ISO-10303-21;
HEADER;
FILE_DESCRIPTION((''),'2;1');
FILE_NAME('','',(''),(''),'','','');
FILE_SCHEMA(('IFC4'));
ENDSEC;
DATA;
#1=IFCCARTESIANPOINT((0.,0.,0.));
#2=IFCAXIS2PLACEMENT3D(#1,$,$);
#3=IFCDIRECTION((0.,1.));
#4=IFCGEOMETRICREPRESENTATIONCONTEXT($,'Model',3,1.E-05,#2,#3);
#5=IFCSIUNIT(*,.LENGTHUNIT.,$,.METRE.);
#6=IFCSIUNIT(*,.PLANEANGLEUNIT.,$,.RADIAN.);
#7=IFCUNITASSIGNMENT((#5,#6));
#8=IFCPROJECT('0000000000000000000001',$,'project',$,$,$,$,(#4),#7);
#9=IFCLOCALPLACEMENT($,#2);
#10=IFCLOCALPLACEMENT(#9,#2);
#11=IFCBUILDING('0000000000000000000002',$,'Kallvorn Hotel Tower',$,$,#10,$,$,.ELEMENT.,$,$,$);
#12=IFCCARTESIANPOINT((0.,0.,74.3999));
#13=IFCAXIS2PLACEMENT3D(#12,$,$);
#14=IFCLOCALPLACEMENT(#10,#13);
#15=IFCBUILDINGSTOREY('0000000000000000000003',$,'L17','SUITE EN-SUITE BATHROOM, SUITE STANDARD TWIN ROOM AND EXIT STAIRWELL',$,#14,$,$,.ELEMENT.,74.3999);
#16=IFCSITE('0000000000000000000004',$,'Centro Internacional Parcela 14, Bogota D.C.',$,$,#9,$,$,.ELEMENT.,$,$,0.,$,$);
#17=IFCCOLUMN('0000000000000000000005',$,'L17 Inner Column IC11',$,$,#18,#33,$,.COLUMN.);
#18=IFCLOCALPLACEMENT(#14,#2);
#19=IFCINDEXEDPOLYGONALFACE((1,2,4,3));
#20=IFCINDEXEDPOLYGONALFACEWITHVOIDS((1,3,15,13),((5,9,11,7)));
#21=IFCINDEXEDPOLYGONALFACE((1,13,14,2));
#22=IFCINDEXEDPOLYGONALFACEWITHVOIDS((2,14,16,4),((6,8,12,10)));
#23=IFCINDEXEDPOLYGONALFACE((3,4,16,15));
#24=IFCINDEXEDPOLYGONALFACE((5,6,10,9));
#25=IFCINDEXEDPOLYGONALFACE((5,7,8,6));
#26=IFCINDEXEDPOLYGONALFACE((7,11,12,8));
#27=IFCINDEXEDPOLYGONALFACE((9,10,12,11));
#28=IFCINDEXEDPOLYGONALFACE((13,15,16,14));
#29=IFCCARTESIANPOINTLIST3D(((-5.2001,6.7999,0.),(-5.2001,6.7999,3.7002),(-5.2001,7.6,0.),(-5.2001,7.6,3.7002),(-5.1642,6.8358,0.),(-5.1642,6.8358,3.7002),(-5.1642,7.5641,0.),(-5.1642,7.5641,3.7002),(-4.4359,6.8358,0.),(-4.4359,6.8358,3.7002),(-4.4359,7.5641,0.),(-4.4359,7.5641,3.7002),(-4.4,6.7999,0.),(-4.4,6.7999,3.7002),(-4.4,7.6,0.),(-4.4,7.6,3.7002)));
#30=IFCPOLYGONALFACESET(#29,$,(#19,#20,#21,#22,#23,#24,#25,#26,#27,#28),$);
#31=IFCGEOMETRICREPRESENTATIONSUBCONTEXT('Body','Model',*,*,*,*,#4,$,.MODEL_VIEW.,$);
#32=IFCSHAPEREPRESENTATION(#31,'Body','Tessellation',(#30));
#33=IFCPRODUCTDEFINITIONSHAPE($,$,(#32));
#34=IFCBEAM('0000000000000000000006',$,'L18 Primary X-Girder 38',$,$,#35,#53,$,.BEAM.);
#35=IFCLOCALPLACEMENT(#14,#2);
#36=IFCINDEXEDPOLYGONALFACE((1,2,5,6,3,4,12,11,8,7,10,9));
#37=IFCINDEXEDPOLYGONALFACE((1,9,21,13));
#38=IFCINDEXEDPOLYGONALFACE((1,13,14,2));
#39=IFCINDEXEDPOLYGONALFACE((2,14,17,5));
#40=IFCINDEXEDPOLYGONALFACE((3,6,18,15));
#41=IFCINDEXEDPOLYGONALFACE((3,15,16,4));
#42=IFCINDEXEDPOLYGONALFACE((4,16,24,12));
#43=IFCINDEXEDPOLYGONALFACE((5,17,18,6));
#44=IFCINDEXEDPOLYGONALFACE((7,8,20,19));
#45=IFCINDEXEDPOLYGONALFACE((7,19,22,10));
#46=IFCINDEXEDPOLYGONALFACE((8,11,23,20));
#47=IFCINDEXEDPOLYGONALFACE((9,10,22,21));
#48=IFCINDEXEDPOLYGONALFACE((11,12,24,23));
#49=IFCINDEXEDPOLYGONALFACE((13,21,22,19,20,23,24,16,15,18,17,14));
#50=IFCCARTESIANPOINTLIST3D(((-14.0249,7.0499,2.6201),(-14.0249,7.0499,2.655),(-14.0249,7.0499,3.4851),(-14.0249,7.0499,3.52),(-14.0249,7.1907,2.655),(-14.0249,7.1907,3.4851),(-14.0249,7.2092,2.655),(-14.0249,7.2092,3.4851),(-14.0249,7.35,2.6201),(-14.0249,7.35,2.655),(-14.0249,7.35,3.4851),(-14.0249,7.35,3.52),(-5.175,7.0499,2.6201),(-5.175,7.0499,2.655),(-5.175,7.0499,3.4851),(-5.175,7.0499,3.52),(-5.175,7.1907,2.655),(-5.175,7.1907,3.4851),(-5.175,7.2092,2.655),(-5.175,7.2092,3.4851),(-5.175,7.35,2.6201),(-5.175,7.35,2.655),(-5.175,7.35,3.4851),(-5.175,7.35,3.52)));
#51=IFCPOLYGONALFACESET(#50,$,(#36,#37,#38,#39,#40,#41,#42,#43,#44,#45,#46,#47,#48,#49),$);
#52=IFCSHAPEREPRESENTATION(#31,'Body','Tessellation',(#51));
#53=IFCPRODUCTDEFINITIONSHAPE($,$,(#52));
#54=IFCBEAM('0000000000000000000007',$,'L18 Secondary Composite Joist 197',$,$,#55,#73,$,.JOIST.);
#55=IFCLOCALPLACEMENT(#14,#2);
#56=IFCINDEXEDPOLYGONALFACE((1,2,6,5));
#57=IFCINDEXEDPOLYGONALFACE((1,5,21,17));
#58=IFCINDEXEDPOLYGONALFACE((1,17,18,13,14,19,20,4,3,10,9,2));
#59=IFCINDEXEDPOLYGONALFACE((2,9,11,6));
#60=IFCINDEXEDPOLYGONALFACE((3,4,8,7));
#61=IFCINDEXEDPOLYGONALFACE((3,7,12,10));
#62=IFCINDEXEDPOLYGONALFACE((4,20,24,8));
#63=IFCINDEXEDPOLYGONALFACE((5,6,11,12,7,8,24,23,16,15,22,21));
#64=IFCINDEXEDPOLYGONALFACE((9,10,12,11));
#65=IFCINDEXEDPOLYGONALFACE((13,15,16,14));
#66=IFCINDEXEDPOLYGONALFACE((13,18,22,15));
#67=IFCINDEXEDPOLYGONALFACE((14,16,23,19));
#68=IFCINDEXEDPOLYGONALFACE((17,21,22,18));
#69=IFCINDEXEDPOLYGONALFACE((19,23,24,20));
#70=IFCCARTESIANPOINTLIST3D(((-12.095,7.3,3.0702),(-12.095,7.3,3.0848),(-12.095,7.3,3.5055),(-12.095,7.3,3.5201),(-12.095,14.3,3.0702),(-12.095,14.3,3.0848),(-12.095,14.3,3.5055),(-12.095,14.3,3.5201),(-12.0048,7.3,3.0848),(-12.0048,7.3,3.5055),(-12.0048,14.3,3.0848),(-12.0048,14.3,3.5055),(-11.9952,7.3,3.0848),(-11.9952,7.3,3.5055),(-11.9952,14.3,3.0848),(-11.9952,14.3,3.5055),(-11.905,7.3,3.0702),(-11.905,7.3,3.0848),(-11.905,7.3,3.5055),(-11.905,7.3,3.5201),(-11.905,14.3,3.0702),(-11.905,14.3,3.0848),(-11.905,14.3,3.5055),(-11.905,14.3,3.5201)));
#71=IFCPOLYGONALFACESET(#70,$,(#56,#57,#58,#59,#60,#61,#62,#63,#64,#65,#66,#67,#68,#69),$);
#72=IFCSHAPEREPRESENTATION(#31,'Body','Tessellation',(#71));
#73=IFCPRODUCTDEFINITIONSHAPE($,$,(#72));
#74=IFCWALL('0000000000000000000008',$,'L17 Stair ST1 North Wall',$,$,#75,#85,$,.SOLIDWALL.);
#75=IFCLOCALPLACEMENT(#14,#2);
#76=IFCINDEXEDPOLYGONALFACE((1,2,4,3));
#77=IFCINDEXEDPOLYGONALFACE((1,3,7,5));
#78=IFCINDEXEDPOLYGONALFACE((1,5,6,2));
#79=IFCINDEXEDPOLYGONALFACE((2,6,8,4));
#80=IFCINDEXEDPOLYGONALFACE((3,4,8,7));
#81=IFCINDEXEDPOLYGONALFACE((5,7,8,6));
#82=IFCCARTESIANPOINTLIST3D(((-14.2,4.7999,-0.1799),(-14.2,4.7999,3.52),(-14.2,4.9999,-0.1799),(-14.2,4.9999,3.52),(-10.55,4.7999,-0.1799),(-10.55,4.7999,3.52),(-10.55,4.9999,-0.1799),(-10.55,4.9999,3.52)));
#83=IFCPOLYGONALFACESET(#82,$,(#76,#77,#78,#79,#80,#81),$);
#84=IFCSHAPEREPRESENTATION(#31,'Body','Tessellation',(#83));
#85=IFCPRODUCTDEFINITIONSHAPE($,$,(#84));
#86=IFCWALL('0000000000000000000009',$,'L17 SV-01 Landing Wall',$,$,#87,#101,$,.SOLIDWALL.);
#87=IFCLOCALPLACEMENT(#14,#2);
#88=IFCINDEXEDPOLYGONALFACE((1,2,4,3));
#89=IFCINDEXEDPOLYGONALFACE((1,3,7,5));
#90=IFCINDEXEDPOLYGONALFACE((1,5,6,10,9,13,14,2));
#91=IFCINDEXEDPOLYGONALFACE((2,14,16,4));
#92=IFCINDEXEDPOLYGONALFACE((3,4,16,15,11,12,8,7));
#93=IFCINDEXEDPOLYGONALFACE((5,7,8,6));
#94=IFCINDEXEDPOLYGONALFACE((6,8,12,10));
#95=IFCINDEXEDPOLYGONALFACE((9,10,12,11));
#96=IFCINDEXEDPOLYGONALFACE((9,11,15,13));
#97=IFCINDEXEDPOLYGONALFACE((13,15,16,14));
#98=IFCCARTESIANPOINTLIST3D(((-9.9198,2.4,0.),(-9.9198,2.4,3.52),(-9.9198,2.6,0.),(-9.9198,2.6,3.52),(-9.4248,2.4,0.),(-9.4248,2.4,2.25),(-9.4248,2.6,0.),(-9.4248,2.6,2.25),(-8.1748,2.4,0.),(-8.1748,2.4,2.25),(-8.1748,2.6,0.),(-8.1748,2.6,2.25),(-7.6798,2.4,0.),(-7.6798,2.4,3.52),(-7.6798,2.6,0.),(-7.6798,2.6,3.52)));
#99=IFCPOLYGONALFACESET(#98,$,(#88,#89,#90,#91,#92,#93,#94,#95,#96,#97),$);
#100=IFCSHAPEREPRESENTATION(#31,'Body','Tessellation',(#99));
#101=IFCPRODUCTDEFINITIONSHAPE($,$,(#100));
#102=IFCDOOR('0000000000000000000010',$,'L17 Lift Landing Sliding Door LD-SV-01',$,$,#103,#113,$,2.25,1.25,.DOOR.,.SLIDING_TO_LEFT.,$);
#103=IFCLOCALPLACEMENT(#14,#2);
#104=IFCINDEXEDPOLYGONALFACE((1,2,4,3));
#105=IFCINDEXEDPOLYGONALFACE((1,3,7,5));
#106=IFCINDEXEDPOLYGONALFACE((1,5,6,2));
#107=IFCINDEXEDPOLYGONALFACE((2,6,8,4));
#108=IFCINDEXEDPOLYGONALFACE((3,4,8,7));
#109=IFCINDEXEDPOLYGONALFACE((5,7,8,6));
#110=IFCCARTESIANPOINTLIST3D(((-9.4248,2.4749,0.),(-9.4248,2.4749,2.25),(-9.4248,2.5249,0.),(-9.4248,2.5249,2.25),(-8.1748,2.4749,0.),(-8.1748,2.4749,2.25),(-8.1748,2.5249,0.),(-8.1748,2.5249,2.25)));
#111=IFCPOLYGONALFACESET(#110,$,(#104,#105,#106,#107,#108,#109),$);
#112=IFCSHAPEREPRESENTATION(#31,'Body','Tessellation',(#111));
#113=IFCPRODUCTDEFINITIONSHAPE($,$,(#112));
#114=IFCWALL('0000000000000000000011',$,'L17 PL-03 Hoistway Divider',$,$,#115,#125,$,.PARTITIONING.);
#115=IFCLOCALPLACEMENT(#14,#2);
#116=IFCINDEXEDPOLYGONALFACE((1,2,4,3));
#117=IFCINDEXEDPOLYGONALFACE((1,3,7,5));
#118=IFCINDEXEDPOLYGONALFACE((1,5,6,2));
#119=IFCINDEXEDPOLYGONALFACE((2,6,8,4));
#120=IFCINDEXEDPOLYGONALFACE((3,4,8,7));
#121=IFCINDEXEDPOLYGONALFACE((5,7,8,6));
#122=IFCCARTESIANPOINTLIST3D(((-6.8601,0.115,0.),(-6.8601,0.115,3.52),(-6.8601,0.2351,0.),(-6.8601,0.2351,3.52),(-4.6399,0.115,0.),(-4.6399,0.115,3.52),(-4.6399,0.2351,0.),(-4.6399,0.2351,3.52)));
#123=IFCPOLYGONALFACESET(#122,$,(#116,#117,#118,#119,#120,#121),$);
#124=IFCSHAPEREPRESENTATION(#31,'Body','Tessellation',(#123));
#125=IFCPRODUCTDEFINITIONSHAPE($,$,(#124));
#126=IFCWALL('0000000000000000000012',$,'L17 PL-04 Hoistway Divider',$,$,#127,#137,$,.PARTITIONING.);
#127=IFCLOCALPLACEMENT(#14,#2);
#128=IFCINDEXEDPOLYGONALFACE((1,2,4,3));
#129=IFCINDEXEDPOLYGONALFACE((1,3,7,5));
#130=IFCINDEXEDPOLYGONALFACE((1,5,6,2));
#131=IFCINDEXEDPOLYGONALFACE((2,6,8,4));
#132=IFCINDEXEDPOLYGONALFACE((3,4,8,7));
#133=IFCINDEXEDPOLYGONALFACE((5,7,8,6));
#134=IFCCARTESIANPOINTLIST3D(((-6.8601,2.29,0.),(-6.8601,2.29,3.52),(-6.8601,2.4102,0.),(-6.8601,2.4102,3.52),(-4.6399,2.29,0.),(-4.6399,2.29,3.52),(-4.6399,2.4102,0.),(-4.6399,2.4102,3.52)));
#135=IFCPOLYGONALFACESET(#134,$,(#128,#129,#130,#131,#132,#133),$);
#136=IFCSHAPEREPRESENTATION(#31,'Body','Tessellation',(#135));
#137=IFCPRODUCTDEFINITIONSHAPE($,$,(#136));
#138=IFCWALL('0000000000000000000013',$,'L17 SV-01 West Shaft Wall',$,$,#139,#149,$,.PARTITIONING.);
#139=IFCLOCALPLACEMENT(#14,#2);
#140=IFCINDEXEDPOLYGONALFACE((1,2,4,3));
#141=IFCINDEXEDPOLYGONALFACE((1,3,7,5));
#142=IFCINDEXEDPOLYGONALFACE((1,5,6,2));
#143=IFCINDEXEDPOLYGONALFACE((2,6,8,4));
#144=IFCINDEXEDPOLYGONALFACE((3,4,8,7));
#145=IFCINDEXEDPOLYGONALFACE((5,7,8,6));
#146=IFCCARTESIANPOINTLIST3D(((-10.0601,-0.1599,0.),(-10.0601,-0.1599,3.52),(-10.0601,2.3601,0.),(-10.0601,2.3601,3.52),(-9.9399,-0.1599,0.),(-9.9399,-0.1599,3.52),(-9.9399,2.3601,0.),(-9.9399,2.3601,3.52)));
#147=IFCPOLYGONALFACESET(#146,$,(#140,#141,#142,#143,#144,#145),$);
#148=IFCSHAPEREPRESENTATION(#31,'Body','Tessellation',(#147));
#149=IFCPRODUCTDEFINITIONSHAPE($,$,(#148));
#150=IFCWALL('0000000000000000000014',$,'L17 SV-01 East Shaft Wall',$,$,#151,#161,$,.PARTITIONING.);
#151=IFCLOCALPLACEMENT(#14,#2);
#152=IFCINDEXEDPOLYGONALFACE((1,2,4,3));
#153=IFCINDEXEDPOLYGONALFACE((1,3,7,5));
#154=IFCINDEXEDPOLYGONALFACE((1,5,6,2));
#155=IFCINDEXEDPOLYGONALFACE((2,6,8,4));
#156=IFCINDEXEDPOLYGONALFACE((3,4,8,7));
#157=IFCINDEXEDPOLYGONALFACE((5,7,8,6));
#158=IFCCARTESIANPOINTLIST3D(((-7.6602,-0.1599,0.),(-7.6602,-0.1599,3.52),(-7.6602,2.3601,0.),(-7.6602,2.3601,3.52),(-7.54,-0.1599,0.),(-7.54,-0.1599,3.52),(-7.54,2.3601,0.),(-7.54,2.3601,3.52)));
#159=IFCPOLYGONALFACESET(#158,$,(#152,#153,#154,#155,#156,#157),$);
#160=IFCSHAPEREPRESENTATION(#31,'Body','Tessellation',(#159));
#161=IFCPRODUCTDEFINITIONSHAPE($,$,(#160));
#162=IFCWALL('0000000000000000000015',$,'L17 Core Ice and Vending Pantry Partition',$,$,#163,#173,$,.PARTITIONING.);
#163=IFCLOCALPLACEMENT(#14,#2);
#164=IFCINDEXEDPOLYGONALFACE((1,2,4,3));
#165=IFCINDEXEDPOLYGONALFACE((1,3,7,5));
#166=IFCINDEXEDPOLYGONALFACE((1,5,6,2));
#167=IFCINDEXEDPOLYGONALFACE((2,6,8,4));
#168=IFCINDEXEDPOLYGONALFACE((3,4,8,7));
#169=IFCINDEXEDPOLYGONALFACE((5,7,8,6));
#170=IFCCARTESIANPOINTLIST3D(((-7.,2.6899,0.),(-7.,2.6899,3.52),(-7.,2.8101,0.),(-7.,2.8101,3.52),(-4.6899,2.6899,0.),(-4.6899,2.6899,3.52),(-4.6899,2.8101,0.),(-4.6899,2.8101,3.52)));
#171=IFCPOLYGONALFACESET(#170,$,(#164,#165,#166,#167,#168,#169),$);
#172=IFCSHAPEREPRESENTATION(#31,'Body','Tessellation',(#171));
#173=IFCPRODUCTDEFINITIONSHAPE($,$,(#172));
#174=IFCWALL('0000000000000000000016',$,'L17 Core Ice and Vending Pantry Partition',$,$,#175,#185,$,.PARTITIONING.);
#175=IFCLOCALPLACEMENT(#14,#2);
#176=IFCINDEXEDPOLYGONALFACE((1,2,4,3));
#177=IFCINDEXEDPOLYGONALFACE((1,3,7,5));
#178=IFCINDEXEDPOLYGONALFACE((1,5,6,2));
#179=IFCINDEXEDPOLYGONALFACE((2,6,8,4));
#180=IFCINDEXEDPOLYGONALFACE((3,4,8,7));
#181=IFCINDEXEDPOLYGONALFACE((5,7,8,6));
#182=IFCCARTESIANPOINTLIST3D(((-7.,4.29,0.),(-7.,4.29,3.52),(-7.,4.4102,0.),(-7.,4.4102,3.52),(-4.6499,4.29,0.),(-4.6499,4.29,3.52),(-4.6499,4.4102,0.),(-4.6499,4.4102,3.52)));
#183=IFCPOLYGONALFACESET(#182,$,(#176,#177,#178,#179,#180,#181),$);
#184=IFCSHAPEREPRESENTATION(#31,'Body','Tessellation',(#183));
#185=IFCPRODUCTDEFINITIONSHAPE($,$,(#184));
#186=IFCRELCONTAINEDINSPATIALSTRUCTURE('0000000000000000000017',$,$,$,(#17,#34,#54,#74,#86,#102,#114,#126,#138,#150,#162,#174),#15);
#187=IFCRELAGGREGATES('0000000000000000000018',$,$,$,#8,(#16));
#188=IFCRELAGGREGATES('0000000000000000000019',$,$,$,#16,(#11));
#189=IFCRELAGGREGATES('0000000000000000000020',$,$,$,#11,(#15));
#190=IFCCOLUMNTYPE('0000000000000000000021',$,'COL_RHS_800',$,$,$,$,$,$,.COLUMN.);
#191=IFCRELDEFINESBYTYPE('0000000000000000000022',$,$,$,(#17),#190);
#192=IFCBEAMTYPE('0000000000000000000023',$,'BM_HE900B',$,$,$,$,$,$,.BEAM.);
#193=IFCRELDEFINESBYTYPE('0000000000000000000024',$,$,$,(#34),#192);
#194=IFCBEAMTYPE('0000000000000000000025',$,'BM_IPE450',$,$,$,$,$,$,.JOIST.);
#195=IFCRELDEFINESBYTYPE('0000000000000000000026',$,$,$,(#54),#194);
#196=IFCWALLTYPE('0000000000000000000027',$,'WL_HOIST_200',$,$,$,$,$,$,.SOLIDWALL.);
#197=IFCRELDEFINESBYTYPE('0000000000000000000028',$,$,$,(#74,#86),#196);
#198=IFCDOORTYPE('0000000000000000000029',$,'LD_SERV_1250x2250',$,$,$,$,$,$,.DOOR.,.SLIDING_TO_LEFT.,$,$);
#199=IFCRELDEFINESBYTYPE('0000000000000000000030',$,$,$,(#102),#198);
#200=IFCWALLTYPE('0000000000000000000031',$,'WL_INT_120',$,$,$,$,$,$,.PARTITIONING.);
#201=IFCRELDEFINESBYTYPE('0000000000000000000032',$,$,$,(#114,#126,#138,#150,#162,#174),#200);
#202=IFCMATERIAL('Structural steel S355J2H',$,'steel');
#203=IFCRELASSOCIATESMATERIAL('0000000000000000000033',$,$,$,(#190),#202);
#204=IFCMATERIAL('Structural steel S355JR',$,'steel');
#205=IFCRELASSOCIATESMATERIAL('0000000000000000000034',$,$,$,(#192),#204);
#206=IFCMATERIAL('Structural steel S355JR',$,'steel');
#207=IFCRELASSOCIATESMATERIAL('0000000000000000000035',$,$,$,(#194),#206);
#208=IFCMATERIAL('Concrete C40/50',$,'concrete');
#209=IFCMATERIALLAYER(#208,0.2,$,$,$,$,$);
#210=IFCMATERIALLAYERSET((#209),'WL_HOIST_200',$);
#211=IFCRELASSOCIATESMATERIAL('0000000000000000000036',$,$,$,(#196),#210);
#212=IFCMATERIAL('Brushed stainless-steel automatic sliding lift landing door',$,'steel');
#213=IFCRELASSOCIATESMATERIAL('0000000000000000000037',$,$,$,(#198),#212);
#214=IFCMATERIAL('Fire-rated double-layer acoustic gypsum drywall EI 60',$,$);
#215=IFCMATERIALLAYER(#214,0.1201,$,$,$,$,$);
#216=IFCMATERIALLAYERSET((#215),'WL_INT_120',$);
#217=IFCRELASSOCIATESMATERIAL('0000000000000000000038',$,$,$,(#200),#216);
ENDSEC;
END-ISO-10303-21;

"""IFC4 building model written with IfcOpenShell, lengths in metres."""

from ifc_helpers import new_model, si_unit, direction, frame, frame_2d, origin, origin_2d, place, context, subcontext, project, spatial, rectangle, hollow_rectangle, i_section, extrude, material, layer, layer_set, material_profile, profile_set, type_object, element, fill, save


model = new_model("IFC4")

# Units and contexts
model_context = context("Model", 3, precision=1e-05, world=origin(), true_north=direction((0.0, 1.0)))
body_context = subcontext(model_context, "Body", "Model", "MODEL_VIEW")
ifc_project = project(units=[si_unit("LENGTHUNIT", "METRE"), si_unit("PLANEANGLEUNIT", "RADIAN")], contexts=[model_context])

# Site, building, storey
site_placement = place(None, origin())
site = spatial("IfcSite", under=ifc_project, at=site_placement, Name="Centro Internacional Parcela 14, Bogota D.C.", CompositionType="ELEMENT", RefElevation=0.0)
building_placement = place(site_placement, origin())
building = spatial("IfcBuilding", under=site, at=building_placement, Name="Kallvorn Hotel Tower", CompositionType="ELEMENT")
storey_placement = place(building_placement, frame((0.0, 0.0, 74.3999)))
storey = spatial("IfcBuildingStorey", under=building, at=storey_placement, Name="L17", Description="SUITE EN-SUITE BATHROOM, SUITE STANDARD TWIN ROOM AND EXIT STAIRWELL", CompositionType="ELEMENT", Elevation=74.3999)

# Column
ifc_material_1 = material(Name="Structural steel S355J2H", Category="steel")
ifc_material_profile_1 = material_profile(ifc_material_1, hollow_rectangle(XDim=0.8, YDim=0.8, WallThickness=0.0359, at=origin_2d()), Name="RHS 800x800x36")
ifc_profile_set_1 = profile_set([ifc_material_profile_1], Name="Structural steel S355J2H")
column_type = type_object("IfcColumnType", Name="COL_RHS_800", PredefinedType="COLUMN", material=ifc_profile_set_1)
column_placement = place(storey_placement, frame((-4.8, 7.2, 0.0), z_axis=(0.0, 0.0, 1.0), x_axis=(1.0, 0.0, 0.0)))
element("IfcColumn", 1, at=column_placement, inside=storey, type_object=column_type, Name="L17 Inner Column IC11", PredefinedType="COLUMN", context=body_context, shape_type="SweptSolid", body=[
    extrude(hollow_rectangle(XDim=0.8, YDim=0.8, WallThickness=0.0359, at=origin_2d()), origin(), (0.0, 0.0, 1.0), 3.7002),
])

# Beams
ifc_material_2 = material(Name="Structural steel S355JR", Category="steel")
ifc_material_profile_2 = material_profile(ifc_material_2, i_section(OverallWidth=0.3, OverallDepth=0.8999, WebThickness=0.0186, FlangeThickness=0.0349, at=origin_2d()), Name="HE 900 B")
ifc_profile_set_2 = profile_set([ifc_material_profile_2], Name="Structural steel S355JR")
beam_type_1 = type_object("IfcBeamType", Name="BM_HE900B", PredefinedType="BEAM", material=ifc_profile_set_2)
beam_1_placement = place(storey_placement, frame((-14.0249, 7.2, 3.0701), z_axis=(1.0, 0.0, 0.0), x_axis=(0.0, 1.0, 0.0)))
element("IfcBeam", 2, at=beam_1_placement, inside=storey, type_object=beam_type_1, Name="L18 Primary X-Girder 38", PredefinedType="BEAM", context=body_context, shape_type="SweptSolid", body=[
    extrude(i_section(OverallWidth=0.3, OverallDepth=0.8999, WebThickness=0.0186, FlangeThickness=0.0349, at=origin_2d()), origin(), (0.0, 0.0, 1.0), 8.8499),
])
ifc_material_3 = material(Name="Structural steel S355JR", Category="steel")
ifc_material_profile_3 = material_profile(ifc_material_3, i_section(OverallWidth=0.1899, OverallDepth=0.45, WebThickness=0.0095, FlangeThickness=0.0146, at=origin_2d()), Name="IPE 450")
ifc_profile_set_3 = profile_set([ifc_material_profile_3], Name="Structural steel S355JR")
beam_type_2 = type_object("IfcBeamType", Name="BM_IPE450", PredefinedType="JOIST", material=ifc_profile_set_3)
beam_2_placement = place(storey_placement, frame((-12.0, 7.3, 3.2952), z_axis=(0.0, 1.0, 0.0), x_axis=(-1.0, 0.0, 0.0)))
element("IfcBeam", 3, at=beam_2_placement, inside=storey, type_object=beam_type_2, Name="L18 Secondary Composite Joist 197", PredefinedType="JOIST", context=body_context, shape_type="SweptSolid", body=[
    extrude(i_section(OverallWidth=0.1899, OverallDepth=0.45, WebThickness=0.0095, FlangeThickness=0.0146, at=origin_2d()), origin(), (0.0, 0.0, 1.0), 7.0),
])

# Wall
ifc_material_4 = material(Name="Concrete C40/50", Category="concrete")
ifc_layer_1 = layer(ifc_material_4, 0.2)
ifc_layer_set_1 = layer_set([ifc_layer_1], Name="WL_HOIST_200")
wall_type_1 = type_object("IfcWallType", Name="WL_HOIST_200", PredefinedType="SOLIDWALL", material=ifc_layer_set_1)
wall_1_placement = place(storey_placement, frame((-14.2, 4.8999, -0.1799), z_axis=(0.0, 0.0, 1.0), x_axis=(1.0, 0.0, 0.0)))
element("IfcWall", 4, at=wall_1_placement, inside=storey, type_object=wall_type_1, Name="L17 Stair ST1 North Wall", PredefinedType="SOLIDWALL", context=body_context, shape_type="SweptSolid", body=[
    extrude(rectangle(XDim=3.6499, YDim=0.2, at=frame_2d((1.825, 0.0))), origin(), (0.0, 0.0, 1.0), 3.7),
])

# Wall, opening, door
wall_2_placement = place(storey_placement, frame((-9.9199, 2.5, 0.0), z_axis=(0.0, 0.0, 1.0), x_axis=(1.0, 0.0, 0.0)))
wall_2 = element("IfcWall", 5, at=wall_2_placement, inside=storey, type_object=wall_type_1, Name="L17 SV-01 Landing Wall", PredefinedType="SOLIDWALL", context=body_context, shape_type="SweptSolid", body=[
    extrude(rectangle(XDim=2.24, YDim=0.2, at=frame_2d((1.1201, 0.0))), origin(), (0.0, 0.0, 1.0), 3.52),
])
opening_1_placement = place(wall_2_placement, frame((0.4951, 0.0, 0.0)))
opening_1 = element("IfcOpeningElement", 6, at=opening_1_placement, cuts=wall_2, PredefinedType="OPENING", context=body_context, shape_type="SweptSolid", body=[
    extrude(rectangle(XDim=1.25, YDim=2.25, at=frame_2d((0.625, 1.125))), frame((0.0, 0.115, 0.0), z_axis=(0.0, -1.0, 0.0), x_axis=(1.0, 0.0, 0.0)), (0.0, 0.0, 1.0), 0.23),
])
ifc_material_5 = material(Name="Brushed stainless-steel automatic sliding lift landing door", Category="steel")
door_type_1 = type_object("IfcDoorType", Name="LD_SERV_1250x2250", OperationType="SLIDING_TO_LEFT", PredefinedType="DOOR", material=ifc_material_5)
door_1_placement = place(opening_1_placement, origin())
door_1 = element("IfcDoor", 7, at=door_1_placement, inside=storey, type_object=door_type_1, Name="L17 Lift Landing Sliding Door LD-SV-01", OperationType="SLIDING_TO_LEFT", OverallHeight=2.25, OverallWidth=1.25, PredefinedType="DOOR", context=body_context, shape_type="SweptSolid", body=[
    extrude(rectangle(XDim=1.25, YDim=2.25, at=frame_2d((0.625, 1.125))), frame((0.0, 0.0249, 0.0), z_axis=(0.0, -1.0, 0.0), x_axis=(1.0, 0.0, 0.0)), (0.0, 0.0, 1.0), 0.05),
])
fill(opening_1, door_1)

# Walls
ifc_material_6 = material(Name="Fire-rated double-layer acoustic gypsum drywall EI 60")
ifc_layer_2 = layer(ifc_material_6, 0.1201)
ifc_layer_set_2 = layer_set([ifc_layer_2], Name="WL_INT_120")
wall_type_2 = type_object("IfcWallType", Name="WL_INT_120", PredefinedType="PARTITIONING", material=ifc_layer_set_2)
for number, where, z_axis, x_axis, name in (
    (8, (-6.8601, 0.175, 0.0), (0.0, 0.0, 1.0), (1.0, 0.0, 0.0), "L17 PL-03 Hoistway Divider"),
    (9, (-6.8601, 2.3501, 0.0), (0.0, 0.0, 1.0), (1.0, 0.0, 0.0), "L17 PL-04 Hoistway Divider"),
):
    element("IfcWall", number, at=place(storey_placement, frame(where, z_axis=z_axis, x_axis=x_axis)), inside=storey, type_object=wall_type_2, Name=name, PredefinedType="PARTITIONING", context=body_context, shape_type="SweptSolid", body=[
        extrude(rectangle(XDim=2.2202, YDim=0.1201, at=frame_2d((1.1101, 0.0))), origin(), (0.0, 0.0, 1.0), 3.52),
    ])
for number, where, z_axis, x_axis, name in (
    (10, (-10.0, -0.1599, 0.0), (0.0, 0.0, 1.0), (0.0, 1.0, 0.0), "L17 SV-01 West Shaft Wall"),
    (11, (-7.6001, -0.1599, 0.0), (0.0, 0.0, 1.0), (0.0, 1.0, 0.0), "L17 SV-01 East Shaft Wall"),
):
    element("IfcWall", number, at=place(storey_placement, frame(where, z_axis=z_axis, x_axis=x_axis)), inside=storey, type_object=wall_type_2, Name=name, PredefinedType="PARTITIONING", context=body_context, shape_type="SweptSolid", body=[
        extrude(rectangle(XDim=2.52, YDim=0.1201, at=frame_2d((1.26, 0.0))), origin(), (0.0, 0.0, 1.0), 3.52),
    ])
wall_3_placement = place(storey_placement, frame((-7.0, 2.75, 0.0), z_axis=(0.0, 0.0, 1.0), x_axis=(1.0, 0.0, 0.0)))
element("IfcWall", 12, at=wall_3_placement, inside=storey, type_object=wall_type_2, Name="L17 Core Ice and Vending Pantry Partition", PredefinedType="PARTITIONING", context=body_context, shape_type="SweptSolid", body=[
    extrude(rectangle(XDim=2.3101, YDim=0.1201, at=frame_2d((1.155, 0.0))), origin(), (0.0, 0.0, 1.0), 3.52),
])
for number, where, z_axis, x_axis, name in (
    (13, (-7.0, 4.3501, 0.0), (0.0, 0.0, 1.0), (1.0, 0.0, 0.0), "L17 Core Ice and Vending Pantry Partition"),
):
    element("IfcWall", number, at=place(storey_placement, frame(where, z_axis=z_axis, x_axis=x_axis)), inside=storey, type_object=wall_type_2, Name=name, PredefinedType="PARTITIONING", context=body_context, shape_type="SweptSolid", body=[
        extrude(rectangle(XDim=2.3501, YDim=0.1201, at=frame_2d((1.175, 0.0))), origin(), (0.0, 0.0, 1.0), 3.52),
    ])

save(model, "model.ifc")
